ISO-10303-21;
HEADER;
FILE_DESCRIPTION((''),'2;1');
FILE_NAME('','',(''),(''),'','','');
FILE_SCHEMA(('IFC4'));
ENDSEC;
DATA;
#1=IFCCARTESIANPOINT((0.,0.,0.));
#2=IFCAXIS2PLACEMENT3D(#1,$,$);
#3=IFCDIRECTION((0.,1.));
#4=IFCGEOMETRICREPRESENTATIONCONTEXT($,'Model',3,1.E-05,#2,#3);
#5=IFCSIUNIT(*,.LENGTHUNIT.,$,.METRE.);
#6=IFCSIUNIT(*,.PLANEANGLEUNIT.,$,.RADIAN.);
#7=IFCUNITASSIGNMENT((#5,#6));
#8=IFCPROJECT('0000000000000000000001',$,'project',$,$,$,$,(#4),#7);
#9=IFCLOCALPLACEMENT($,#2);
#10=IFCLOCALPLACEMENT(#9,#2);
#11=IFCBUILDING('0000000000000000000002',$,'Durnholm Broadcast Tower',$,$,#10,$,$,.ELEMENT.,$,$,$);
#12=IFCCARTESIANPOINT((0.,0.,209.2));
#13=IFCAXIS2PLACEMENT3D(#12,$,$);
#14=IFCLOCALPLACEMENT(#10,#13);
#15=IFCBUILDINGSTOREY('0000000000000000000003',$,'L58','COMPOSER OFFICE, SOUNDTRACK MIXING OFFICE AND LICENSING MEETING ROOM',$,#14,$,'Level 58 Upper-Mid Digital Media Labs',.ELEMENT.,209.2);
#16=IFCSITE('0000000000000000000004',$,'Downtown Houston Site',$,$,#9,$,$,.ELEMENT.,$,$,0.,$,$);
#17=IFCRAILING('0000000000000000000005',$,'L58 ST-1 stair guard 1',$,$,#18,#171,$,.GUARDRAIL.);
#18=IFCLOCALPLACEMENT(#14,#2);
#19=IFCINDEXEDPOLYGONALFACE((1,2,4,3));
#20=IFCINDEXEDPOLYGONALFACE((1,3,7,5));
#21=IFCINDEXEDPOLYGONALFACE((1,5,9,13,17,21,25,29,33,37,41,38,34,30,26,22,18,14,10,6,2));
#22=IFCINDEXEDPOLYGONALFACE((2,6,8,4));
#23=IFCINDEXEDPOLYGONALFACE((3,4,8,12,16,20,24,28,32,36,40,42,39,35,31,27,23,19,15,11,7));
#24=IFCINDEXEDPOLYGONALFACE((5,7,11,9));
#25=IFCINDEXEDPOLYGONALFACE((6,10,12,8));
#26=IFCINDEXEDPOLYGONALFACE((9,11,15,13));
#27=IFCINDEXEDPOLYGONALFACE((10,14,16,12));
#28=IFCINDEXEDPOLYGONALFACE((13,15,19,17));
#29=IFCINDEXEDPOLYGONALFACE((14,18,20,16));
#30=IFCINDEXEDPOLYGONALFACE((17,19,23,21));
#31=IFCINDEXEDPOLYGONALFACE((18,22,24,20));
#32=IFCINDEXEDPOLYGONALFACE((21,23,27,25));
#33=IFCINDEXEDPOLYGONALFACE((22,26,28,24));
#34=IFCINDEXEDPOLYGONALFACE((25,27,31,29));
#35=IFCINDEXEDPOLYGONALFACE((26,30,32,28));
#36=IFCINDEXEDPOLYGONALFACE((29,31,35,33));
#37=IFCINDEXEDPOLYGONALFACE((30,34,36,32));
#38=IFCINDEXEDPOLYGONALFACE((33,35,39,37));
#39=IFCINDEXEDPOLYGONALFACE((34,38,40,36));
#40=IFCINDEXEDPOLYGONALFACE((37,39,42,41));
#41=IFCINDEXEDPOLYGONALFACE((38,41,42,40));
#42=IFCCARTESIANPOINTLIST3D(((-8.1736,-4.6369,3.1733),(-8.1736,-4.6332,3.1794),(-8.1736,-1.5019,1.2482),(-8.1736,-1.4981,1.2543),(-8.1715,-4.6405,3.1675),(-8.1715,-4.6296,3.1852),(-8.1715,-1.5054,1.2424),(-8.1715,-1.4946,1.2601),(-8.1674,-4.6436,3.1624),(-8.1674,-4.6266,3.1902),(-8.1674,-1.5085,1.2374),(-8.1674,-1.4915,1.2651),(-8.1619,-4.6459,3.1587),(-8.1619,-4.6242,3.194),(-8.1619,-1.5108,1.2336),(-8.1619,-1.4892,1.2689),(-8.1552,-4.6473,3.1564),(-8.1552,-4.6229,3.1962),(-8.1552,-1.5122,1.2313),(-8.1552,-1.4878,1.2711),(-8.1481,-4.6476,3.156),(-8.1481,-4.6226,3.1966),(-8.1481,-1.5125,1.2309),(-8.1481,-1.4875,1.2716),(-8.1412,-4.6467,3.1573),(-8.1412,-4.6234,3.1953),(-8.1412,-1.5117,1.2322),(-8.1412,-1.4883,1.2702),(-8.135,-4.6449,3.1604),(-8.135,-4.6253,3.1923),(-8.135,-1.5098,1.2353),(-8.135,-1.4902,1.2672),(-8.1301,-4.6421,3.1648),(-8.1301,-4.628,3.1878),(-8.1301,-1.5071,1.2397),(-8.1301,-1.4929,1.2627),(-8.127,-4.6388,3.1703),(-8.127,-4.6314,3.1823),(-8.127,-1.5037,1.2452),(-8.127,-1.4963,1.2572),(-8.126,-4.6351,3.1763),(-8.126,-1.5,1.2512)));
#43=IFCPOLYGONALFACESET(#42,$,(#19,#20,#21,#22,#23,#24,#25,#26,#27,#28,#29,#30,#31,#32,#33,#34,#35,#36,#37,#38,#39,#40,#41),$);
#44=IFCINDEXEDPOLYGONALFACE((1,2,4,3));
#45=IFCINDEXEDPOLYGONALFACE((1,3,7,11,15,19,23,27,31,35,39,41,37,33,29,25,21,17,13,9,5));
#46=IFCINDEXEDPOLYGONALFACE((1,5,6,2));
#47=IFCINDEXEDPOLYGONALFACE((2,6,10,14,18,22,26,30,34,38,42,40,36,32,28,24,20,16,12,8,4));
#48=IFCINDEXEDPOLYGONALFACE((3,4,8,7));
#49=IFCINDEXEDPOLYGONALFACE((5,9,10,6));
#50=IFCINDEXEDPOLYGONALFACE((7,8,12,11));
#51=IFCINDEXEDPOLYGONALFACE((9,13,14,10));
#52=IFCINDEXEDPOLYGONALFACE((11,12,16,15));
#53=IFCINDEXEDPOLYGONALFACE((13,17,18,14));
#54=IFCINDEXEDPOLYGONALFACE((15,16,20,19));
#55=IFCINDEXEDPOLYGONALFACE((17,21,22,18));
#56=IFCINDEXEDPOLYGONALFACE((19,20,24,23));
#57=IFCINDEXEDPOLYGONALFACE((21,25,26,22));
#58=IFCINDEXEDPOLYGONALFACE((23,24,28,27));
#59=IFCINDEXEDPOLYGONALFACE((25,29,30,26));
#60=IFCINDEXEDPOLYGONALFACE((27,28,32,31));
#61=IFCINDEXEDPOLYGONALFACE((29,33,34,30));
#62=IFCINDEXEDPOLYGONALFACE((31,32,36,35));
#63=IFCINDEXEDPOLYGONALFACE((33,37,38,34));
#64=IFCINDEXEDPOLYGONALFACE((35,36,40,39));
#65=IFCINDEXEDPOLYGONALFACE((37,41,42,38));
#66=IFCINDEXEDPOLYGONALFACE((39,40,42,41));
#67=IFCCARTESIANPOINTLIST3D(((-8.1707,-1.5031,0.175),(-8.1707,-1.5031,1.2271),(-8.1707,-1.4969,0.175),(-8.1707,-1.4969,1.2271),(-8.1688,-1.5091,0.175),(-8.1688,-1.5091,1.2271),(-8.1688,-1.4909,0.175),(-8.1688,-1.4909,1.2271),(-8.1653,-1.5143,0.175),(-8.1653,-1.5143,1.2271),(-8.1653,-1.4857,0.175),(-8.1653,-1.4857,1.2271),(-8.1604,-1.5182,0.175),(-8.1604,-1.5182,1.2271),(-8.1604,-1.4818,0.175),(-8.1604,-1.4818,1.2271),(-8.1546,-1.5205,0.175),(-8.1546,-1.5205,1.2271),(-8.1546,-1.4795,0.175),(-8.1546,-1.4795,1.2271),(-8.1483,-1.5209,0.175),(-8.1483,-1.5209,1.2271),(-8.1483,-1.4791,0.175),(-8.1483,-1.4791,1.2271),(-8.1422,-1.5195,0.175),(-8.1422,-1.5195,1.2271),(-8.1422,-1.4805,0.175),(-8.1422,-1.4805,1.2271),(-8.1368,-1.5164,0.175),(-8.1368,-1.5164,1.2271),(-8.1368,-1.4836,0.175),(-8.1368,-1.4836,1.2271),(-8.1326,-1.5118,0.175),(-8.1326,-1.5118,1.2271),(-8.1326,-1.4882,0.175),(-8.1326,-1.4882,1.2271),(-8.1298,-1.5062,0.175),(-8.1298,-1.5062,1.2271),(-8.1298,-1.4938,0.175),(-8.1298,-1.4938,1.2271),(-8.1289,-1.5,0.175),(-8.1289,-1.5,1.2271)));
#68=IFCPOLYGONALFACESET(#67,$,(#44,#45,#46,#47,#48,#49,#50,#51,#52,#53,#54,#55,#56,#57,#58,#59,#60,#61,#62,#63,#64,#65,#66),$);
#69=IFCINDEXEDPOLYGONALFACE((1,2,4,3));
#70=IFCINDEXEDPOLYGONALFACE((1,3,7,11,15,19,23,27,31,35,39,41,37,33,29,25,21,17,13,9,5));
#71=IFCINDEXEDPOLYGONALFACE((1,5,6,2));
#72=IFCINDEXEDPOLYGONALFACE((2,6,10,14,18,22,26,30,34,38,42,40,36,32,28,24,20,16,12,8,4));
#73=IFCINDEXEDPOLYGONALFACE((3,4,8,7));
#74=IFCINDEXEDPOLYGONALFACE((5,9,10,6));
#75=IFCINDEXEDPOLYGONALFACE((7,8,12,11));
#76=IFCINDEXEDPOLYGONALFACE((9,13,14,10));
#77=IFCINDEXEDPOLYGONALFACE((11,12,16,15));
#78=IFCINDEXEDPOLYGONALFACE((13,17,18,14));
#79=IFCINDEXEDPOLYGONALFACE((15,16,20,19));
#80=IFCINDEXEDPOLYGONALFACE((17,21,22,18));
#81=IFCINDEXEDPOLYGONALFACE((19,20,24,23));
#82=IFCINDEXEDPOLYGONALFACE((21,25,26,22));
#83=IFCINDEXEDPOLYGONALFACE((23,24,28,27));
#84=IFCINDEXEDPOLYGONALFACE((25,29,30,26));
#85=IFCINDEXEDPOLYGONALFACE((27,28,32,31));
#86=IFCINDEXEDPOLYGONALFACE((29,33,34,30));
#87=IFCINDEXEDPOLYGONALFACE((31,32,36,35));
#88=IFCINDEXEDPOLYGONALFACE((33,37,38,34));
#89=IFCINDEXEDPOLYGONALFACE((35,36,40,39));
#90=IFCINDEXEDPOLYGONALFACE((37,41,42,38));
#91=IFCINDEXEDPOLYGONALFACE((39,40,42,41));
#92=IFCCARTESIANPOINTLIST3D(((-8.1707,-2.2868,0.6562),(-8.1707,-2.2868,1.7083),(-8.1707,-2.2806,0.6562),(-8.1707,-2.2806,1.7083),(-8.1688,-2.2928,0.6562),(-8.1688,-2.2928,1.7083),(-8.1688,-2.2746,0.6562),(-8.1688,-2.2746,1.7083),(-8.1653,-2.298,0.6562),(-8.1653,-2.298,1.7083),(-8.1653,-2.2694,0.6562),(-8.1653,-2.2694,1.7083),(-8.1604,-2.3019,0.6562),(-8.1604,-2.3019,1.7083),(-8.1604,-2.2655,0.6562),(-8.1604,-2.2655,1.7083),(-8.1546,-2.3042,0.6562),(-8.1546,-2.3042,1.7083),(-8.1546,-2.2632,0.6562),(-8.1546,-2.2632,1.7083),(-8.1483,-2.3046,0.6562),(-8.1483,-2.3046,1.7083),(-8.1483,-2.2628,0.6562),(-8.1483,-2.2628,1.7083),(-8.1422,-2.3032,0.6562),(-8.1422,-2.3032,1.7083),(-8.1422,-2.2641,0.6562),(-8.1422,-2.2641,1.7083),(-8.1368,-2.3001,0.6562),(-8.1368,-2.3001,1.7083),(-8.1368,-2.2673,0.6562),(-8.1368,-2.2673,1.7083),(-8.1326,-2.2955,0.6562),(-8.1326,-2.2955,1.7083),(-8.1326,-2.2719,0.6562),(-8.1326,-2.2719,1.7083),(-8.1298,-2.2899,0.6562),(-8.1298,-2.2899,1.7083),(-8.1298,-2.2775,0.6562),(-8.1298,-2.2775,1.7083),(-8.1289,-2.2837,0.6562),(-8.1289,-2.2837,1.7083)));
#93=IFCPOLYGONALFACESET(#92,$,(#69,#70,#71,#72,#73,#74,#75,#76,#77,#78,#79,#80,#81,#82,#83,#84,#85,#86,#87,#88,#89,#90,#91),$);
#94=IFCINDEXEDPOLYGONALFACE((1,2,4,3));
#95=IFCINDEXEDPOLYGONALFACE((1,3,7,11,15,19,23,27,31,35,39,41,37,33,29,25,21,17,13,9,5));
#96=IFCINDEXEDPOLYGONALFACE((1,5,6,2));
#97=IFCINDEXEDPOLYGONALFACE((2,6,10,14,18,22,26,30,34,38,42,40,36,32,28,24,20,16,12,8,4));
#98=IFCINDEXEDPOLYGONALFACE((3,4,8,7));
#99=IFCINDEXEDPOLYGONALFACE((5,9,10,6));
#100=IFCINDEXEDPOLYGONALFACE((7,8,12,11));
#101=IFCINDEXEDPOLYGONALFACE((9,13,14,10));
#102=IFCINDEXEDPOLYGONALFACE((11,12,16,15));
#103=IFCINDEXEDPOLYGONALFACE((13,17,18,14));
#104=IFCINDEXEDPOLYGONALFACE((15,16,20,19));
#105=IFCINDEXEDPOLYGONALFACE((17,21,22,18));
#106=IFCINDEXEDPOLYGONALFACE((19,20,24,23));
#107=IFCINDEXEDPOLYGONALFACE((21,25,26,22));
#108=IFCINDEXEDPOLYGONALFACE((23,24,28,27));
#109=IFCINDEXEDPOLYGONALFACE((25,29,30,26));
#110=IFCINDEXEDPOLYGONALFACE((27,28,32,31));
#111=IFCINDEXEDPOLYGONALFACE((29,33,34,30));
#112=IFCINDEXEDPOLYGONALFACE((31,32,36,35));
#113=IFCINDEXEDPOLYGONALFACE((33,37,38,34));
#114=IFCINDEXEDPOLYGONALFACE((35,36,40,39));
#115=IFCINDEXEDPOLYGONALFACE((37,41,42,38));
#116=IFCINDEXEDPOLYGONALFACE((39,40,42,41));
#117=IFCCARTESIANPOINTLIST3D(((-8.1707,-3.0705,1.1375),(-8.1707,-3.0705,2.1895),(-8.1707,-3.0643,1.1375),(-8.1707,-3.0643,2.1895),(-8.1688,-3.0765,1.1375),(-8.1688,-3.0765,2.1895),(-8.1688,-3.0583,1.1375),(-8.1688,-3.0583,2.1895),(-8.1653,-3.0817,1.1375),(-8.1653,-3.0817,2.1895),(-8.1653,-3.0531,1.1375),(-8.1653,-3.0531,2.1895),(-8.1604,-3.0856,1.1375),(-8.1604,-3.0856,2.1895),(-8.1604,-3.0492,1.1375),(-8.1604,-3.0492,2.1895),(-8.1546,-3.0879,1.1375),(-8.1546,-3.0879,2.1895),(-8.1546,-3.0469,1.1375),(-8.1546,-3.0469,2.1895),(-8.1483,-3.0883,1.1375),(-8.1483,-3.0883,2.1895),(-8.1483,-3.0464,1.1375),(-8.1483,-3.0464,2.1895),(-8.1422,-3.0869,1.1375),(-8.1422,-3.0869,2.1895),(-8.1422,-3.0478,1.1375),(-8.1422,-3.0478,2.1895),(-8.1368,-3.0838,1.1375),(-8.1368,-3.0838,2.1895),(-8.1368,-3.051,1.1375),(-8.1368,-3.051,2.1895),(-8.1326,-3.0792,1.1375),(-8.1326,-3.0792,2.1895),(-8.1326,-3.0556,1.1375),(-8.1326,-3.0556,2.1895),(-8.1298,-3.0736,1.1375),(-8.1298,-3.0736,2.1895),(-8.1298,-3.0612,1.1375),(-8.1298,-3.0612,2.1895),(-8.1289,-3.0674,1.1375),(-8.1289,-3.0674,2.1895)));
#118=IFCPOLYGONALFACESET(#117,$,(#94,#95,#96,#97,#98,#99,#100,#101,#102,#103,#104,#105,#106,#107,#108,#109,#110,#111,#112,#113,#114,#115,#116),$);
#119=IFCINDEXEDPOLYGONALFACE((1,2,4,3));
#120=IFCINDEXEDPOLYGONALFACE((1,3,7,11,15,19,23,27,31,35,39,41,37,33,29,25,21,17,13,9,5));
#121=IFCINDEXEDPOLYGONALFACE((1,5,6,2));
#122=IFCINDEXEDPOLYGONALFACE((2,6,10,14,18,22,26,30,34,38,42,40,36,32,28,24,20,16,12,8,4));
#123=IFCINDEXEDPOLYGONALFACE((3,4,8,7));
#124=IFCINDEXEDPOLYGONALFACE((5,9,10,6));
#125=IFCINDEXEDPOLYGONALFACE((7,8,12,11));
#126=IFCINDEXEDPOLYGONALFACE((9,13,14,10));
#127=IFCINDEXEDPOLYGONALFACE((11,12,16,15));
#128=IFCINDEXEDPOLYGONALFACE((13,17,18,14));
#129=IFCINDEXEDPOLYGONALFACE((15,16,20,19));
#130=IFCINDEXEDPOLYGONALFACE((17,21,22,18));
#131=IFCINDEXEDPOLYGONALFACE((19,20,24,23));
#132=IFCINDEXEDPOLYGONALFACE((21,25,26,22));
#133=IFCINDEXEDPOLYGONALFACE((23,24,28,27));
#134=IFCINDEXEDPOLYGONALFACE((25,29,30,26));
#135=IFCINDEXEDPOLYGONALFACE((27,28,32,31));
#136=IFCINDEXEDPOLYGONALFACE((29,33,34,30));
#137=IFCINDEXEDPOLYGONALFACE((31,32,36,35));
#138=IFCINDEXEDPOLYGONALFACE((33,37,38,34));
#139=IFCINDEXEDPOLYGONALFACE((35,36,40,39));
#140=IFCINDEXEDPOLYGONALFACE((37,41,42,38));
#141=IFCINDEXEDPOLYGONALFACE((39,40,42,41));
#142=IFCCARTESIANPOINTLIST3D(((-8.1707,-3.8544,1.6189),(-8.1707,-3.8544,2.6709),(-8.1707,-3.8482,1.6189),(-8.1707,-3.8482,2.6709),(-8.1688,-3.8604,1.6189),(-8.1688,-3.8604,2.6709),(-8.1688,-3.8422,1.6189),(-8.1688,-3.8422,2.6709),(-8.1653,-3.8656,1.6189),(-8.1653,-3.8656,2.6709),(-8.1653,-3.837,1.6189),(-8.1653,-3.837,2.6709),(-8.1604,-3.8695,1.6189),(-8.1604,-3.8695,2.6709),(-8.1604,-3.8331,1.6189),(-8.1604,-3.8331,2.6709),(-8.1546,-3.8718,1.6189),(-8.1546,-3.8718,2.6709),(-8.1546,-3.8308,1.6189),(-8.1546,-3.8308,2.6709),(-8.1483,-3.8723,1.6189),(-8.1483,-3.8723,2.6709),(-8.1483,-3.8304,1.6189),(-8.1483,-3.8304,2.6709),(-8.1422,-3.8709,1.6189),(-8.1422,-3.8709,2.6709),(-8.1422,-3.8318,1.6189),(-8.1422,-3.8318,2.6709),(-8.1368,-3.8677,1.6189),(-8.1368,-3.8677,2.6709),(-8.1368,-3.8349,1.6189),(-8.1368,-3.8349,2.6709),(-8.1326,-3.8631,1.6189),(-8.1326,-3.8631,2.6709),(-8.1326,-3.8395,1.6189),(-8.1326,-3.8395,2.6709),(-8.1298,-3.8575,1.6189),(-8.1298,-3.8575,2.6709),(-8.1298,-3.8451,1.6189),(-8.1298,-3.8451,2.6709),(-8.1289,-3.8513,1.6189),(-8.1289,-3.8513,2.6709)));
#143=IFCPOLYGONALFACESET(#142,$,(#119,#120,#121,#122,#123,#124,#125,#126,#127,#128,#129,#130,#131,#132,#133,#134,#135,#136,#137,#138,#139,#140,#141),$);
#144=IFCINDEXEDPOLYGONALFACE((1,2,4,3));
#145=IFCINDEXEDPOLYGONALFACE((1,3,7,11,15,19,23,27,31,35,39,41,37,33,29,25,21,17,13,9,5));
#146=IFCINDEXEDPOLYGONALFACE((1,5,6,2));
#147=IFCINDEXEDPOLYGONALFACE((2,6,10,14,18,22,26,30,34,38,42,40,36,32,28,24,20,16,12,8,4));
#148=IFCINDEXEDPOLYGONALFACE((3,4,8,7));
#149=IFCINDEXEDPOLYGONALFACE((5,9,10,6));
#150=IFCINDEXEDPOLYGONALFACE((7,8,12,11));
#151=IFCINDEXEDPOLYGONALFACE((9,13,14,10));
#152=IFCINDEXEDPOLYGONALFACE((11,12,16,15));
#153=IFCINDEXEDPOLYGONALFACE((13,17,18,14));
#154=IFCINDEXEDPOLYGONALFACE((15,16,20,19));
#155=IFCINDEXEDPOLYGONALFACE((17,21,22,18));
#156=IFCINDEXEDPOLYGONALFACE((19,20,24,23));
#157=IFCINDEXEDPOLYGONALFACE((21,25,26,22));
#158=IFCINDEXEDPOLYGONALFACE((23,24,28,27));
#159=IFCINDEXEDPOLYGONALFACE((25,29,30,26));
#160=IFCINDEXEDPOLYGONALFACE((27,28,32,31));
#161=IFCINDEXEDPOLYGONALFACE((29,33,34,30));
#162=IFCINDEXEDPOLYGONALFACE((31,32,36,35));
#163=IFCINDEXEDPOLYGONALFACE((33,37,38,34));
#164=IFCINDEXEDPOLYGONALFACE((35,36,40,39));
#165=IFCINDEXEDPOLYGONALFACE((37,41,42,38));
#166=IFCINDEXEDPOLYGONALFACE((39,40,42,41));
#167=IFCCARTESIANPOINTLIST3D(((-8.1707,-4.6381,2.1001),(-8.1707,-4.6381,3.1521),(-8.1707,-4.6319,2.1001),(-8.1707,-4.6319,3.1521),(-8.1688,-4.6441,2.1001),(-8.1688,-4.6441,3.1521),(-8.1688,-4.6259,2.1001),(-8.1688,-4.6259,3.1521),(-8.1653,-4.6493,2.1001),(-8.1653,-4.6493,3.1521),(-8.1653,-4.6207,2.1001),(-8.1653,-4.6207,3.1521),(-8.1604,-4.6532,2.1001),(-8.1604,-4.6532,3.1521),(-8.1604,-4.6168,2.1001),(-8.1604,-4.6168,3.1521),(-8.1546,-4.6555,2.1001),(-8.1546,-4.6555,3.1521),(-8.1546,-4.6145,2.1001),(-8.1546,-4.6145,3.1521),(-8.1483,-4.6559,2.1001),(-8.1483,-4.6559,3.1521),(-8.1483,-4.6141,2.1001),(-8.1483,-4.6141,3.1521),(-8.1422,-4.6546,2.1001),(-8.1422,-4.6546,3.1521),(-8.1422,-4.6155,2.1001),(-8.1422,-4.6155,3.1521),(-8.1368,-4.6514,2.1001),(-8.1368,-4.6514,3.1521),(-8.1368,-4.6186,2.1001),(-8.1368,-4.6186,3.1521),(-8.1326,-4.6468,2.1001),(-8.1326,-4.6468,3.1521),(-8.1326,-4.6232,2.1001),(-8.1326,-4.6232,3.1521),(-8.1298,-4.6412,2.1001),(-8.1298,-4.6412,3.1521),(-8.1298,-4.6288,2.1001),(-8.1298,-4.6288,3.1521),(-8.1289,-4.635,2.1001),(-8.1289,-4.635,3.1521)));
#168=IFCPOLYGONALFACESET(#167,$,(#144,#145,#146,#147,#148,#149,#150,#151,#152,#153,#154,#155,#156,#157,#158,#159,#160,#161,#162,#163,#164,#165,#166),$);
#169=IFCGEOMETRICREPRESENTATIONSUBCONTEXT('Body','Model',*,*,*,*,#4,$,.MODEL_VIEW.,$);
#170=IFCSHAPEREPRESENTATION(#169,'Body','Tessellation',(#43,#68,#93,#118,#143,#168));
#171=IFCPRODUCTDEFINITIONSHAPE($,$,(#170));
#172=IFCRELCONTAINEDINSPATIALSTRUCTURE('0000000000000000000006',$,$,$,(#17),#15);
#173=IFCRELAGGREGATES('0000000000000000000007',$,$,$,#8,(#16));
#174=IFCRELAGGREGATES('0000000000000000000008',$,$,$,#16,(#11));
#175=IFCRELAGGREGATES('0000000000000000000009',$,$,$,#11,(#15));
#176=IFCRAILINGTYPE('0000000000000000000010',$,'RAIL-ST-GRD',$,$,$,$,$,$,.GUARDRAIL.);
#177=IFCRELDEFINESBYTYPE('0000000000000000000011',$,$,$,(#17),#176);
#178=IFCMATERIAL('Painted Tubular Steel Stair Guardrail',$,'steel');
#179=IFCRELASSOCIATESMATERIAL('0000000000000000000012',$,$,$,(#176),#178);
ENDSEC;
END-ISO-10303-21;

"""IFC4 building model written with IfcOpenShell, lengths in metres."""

from ifc_helpers import new_model, si_unit, direction, frame, origin, origin_2d, place, context, subcontext, project, spatial, circle, extrude, material, type_object, element, save


model = new_model("IFC4")

# Units and contexts
model_context = context("Model", 3, precision=1e-05, world=origin(), true_north=direction((0.0, 1.0)))
body_context = subcontext(model_context, "Body", "Model", "MODEL_VIEW")
ifc_project = project(units=[si_unit("LENGTHUNIT", "METRE"), si_unit("PLANEANGLEUNIT", "RADIAN")], contexts=[model_context])

# Site, building, storey
site_placement = place(None, origin())
site = spatial("IfcSite", under=ifc_project, at=site_placement, Name="Downtown Houston Site", CompositionType="ELEMENT", RefElevation=0.0)
building_placement = place(site_placement, origin())
building = spatial("IfcBuilding", under=site, at=building_placement, Name="Durnholm Broadcast Tower", CompositionType="ELEMENT")
storey_placement = place(building_placement, frame((0.0, 0.0, 209.2)))
storey = spatial("IfcBuildingStorey", under=building, at=storey_placement, Name="L58", Description="COMPOSER OFFICE, SOUNDTRACK MIXING OFFICE AND LICENSING MEETING ROOM", LongName="Level 58 Upper-Mid Digital Media Labs", CompositionType="ELEMENT", Elevation=209.2)

# Railing
ifc_material_1 = material(Name="Painted Tubular Steel Stair Guardrail", Category="steel")
railing_type_1 = type_object("IfcRailingType", Name="RAIL-ST-GRD", PredefinedType="GUARDRAIL", material=ifc_material_1)
railing_1_placement = place(storey_placement, frame((-8.1499, -1.5, 0.175)))
element("IfcRailing", 1, at=railing_1_placement, inside=storey, type_object=railing_type_1, Name="L58 ST-1 stair guard 1", PredefinedType="GUARDRAIL", context=body_context, shape_type="SweptSolid", body=[
    extrude(circle(Radius=0.0239, at=origin_2d()), frame((0.0, 0.0, 1.0762), z_axis=(0.0, -0.852166, 0.523271), x_axis=(1.0, 0.0, 0.0)), (0.0, 0.0, 1.0), 3.679),
    extrude(circle(Radius=0.021, at=origin_2d()), origin(), (0.0, 0.0, 1.0), 1.052),
    extrude(circle(Radius=0.021, at=origin_2d()), frame((0.0, -0.7837, 0.4812)), (0.0, 0.0, 1.0), 1.052),
    extrude(circle(Radius=0.021, at=origin_2d()), frame((0.0, -1.5674, 0.9624)), (0.0, 0.0, 1.0), 1.052),
    extrude(circle(Radius=0.021, at=origin_2d()), frame((0.0, -2.3513, 1.4438)), (0.0, 0.0, 1.0), 1.052),
    extrude(circle(Radius=0.021, at=origin_2d()), frame((0.0, -3.135, 1.925)), (0.0, 0.0, 1.0), 1.052),
])

save(model, "model.ifc")
